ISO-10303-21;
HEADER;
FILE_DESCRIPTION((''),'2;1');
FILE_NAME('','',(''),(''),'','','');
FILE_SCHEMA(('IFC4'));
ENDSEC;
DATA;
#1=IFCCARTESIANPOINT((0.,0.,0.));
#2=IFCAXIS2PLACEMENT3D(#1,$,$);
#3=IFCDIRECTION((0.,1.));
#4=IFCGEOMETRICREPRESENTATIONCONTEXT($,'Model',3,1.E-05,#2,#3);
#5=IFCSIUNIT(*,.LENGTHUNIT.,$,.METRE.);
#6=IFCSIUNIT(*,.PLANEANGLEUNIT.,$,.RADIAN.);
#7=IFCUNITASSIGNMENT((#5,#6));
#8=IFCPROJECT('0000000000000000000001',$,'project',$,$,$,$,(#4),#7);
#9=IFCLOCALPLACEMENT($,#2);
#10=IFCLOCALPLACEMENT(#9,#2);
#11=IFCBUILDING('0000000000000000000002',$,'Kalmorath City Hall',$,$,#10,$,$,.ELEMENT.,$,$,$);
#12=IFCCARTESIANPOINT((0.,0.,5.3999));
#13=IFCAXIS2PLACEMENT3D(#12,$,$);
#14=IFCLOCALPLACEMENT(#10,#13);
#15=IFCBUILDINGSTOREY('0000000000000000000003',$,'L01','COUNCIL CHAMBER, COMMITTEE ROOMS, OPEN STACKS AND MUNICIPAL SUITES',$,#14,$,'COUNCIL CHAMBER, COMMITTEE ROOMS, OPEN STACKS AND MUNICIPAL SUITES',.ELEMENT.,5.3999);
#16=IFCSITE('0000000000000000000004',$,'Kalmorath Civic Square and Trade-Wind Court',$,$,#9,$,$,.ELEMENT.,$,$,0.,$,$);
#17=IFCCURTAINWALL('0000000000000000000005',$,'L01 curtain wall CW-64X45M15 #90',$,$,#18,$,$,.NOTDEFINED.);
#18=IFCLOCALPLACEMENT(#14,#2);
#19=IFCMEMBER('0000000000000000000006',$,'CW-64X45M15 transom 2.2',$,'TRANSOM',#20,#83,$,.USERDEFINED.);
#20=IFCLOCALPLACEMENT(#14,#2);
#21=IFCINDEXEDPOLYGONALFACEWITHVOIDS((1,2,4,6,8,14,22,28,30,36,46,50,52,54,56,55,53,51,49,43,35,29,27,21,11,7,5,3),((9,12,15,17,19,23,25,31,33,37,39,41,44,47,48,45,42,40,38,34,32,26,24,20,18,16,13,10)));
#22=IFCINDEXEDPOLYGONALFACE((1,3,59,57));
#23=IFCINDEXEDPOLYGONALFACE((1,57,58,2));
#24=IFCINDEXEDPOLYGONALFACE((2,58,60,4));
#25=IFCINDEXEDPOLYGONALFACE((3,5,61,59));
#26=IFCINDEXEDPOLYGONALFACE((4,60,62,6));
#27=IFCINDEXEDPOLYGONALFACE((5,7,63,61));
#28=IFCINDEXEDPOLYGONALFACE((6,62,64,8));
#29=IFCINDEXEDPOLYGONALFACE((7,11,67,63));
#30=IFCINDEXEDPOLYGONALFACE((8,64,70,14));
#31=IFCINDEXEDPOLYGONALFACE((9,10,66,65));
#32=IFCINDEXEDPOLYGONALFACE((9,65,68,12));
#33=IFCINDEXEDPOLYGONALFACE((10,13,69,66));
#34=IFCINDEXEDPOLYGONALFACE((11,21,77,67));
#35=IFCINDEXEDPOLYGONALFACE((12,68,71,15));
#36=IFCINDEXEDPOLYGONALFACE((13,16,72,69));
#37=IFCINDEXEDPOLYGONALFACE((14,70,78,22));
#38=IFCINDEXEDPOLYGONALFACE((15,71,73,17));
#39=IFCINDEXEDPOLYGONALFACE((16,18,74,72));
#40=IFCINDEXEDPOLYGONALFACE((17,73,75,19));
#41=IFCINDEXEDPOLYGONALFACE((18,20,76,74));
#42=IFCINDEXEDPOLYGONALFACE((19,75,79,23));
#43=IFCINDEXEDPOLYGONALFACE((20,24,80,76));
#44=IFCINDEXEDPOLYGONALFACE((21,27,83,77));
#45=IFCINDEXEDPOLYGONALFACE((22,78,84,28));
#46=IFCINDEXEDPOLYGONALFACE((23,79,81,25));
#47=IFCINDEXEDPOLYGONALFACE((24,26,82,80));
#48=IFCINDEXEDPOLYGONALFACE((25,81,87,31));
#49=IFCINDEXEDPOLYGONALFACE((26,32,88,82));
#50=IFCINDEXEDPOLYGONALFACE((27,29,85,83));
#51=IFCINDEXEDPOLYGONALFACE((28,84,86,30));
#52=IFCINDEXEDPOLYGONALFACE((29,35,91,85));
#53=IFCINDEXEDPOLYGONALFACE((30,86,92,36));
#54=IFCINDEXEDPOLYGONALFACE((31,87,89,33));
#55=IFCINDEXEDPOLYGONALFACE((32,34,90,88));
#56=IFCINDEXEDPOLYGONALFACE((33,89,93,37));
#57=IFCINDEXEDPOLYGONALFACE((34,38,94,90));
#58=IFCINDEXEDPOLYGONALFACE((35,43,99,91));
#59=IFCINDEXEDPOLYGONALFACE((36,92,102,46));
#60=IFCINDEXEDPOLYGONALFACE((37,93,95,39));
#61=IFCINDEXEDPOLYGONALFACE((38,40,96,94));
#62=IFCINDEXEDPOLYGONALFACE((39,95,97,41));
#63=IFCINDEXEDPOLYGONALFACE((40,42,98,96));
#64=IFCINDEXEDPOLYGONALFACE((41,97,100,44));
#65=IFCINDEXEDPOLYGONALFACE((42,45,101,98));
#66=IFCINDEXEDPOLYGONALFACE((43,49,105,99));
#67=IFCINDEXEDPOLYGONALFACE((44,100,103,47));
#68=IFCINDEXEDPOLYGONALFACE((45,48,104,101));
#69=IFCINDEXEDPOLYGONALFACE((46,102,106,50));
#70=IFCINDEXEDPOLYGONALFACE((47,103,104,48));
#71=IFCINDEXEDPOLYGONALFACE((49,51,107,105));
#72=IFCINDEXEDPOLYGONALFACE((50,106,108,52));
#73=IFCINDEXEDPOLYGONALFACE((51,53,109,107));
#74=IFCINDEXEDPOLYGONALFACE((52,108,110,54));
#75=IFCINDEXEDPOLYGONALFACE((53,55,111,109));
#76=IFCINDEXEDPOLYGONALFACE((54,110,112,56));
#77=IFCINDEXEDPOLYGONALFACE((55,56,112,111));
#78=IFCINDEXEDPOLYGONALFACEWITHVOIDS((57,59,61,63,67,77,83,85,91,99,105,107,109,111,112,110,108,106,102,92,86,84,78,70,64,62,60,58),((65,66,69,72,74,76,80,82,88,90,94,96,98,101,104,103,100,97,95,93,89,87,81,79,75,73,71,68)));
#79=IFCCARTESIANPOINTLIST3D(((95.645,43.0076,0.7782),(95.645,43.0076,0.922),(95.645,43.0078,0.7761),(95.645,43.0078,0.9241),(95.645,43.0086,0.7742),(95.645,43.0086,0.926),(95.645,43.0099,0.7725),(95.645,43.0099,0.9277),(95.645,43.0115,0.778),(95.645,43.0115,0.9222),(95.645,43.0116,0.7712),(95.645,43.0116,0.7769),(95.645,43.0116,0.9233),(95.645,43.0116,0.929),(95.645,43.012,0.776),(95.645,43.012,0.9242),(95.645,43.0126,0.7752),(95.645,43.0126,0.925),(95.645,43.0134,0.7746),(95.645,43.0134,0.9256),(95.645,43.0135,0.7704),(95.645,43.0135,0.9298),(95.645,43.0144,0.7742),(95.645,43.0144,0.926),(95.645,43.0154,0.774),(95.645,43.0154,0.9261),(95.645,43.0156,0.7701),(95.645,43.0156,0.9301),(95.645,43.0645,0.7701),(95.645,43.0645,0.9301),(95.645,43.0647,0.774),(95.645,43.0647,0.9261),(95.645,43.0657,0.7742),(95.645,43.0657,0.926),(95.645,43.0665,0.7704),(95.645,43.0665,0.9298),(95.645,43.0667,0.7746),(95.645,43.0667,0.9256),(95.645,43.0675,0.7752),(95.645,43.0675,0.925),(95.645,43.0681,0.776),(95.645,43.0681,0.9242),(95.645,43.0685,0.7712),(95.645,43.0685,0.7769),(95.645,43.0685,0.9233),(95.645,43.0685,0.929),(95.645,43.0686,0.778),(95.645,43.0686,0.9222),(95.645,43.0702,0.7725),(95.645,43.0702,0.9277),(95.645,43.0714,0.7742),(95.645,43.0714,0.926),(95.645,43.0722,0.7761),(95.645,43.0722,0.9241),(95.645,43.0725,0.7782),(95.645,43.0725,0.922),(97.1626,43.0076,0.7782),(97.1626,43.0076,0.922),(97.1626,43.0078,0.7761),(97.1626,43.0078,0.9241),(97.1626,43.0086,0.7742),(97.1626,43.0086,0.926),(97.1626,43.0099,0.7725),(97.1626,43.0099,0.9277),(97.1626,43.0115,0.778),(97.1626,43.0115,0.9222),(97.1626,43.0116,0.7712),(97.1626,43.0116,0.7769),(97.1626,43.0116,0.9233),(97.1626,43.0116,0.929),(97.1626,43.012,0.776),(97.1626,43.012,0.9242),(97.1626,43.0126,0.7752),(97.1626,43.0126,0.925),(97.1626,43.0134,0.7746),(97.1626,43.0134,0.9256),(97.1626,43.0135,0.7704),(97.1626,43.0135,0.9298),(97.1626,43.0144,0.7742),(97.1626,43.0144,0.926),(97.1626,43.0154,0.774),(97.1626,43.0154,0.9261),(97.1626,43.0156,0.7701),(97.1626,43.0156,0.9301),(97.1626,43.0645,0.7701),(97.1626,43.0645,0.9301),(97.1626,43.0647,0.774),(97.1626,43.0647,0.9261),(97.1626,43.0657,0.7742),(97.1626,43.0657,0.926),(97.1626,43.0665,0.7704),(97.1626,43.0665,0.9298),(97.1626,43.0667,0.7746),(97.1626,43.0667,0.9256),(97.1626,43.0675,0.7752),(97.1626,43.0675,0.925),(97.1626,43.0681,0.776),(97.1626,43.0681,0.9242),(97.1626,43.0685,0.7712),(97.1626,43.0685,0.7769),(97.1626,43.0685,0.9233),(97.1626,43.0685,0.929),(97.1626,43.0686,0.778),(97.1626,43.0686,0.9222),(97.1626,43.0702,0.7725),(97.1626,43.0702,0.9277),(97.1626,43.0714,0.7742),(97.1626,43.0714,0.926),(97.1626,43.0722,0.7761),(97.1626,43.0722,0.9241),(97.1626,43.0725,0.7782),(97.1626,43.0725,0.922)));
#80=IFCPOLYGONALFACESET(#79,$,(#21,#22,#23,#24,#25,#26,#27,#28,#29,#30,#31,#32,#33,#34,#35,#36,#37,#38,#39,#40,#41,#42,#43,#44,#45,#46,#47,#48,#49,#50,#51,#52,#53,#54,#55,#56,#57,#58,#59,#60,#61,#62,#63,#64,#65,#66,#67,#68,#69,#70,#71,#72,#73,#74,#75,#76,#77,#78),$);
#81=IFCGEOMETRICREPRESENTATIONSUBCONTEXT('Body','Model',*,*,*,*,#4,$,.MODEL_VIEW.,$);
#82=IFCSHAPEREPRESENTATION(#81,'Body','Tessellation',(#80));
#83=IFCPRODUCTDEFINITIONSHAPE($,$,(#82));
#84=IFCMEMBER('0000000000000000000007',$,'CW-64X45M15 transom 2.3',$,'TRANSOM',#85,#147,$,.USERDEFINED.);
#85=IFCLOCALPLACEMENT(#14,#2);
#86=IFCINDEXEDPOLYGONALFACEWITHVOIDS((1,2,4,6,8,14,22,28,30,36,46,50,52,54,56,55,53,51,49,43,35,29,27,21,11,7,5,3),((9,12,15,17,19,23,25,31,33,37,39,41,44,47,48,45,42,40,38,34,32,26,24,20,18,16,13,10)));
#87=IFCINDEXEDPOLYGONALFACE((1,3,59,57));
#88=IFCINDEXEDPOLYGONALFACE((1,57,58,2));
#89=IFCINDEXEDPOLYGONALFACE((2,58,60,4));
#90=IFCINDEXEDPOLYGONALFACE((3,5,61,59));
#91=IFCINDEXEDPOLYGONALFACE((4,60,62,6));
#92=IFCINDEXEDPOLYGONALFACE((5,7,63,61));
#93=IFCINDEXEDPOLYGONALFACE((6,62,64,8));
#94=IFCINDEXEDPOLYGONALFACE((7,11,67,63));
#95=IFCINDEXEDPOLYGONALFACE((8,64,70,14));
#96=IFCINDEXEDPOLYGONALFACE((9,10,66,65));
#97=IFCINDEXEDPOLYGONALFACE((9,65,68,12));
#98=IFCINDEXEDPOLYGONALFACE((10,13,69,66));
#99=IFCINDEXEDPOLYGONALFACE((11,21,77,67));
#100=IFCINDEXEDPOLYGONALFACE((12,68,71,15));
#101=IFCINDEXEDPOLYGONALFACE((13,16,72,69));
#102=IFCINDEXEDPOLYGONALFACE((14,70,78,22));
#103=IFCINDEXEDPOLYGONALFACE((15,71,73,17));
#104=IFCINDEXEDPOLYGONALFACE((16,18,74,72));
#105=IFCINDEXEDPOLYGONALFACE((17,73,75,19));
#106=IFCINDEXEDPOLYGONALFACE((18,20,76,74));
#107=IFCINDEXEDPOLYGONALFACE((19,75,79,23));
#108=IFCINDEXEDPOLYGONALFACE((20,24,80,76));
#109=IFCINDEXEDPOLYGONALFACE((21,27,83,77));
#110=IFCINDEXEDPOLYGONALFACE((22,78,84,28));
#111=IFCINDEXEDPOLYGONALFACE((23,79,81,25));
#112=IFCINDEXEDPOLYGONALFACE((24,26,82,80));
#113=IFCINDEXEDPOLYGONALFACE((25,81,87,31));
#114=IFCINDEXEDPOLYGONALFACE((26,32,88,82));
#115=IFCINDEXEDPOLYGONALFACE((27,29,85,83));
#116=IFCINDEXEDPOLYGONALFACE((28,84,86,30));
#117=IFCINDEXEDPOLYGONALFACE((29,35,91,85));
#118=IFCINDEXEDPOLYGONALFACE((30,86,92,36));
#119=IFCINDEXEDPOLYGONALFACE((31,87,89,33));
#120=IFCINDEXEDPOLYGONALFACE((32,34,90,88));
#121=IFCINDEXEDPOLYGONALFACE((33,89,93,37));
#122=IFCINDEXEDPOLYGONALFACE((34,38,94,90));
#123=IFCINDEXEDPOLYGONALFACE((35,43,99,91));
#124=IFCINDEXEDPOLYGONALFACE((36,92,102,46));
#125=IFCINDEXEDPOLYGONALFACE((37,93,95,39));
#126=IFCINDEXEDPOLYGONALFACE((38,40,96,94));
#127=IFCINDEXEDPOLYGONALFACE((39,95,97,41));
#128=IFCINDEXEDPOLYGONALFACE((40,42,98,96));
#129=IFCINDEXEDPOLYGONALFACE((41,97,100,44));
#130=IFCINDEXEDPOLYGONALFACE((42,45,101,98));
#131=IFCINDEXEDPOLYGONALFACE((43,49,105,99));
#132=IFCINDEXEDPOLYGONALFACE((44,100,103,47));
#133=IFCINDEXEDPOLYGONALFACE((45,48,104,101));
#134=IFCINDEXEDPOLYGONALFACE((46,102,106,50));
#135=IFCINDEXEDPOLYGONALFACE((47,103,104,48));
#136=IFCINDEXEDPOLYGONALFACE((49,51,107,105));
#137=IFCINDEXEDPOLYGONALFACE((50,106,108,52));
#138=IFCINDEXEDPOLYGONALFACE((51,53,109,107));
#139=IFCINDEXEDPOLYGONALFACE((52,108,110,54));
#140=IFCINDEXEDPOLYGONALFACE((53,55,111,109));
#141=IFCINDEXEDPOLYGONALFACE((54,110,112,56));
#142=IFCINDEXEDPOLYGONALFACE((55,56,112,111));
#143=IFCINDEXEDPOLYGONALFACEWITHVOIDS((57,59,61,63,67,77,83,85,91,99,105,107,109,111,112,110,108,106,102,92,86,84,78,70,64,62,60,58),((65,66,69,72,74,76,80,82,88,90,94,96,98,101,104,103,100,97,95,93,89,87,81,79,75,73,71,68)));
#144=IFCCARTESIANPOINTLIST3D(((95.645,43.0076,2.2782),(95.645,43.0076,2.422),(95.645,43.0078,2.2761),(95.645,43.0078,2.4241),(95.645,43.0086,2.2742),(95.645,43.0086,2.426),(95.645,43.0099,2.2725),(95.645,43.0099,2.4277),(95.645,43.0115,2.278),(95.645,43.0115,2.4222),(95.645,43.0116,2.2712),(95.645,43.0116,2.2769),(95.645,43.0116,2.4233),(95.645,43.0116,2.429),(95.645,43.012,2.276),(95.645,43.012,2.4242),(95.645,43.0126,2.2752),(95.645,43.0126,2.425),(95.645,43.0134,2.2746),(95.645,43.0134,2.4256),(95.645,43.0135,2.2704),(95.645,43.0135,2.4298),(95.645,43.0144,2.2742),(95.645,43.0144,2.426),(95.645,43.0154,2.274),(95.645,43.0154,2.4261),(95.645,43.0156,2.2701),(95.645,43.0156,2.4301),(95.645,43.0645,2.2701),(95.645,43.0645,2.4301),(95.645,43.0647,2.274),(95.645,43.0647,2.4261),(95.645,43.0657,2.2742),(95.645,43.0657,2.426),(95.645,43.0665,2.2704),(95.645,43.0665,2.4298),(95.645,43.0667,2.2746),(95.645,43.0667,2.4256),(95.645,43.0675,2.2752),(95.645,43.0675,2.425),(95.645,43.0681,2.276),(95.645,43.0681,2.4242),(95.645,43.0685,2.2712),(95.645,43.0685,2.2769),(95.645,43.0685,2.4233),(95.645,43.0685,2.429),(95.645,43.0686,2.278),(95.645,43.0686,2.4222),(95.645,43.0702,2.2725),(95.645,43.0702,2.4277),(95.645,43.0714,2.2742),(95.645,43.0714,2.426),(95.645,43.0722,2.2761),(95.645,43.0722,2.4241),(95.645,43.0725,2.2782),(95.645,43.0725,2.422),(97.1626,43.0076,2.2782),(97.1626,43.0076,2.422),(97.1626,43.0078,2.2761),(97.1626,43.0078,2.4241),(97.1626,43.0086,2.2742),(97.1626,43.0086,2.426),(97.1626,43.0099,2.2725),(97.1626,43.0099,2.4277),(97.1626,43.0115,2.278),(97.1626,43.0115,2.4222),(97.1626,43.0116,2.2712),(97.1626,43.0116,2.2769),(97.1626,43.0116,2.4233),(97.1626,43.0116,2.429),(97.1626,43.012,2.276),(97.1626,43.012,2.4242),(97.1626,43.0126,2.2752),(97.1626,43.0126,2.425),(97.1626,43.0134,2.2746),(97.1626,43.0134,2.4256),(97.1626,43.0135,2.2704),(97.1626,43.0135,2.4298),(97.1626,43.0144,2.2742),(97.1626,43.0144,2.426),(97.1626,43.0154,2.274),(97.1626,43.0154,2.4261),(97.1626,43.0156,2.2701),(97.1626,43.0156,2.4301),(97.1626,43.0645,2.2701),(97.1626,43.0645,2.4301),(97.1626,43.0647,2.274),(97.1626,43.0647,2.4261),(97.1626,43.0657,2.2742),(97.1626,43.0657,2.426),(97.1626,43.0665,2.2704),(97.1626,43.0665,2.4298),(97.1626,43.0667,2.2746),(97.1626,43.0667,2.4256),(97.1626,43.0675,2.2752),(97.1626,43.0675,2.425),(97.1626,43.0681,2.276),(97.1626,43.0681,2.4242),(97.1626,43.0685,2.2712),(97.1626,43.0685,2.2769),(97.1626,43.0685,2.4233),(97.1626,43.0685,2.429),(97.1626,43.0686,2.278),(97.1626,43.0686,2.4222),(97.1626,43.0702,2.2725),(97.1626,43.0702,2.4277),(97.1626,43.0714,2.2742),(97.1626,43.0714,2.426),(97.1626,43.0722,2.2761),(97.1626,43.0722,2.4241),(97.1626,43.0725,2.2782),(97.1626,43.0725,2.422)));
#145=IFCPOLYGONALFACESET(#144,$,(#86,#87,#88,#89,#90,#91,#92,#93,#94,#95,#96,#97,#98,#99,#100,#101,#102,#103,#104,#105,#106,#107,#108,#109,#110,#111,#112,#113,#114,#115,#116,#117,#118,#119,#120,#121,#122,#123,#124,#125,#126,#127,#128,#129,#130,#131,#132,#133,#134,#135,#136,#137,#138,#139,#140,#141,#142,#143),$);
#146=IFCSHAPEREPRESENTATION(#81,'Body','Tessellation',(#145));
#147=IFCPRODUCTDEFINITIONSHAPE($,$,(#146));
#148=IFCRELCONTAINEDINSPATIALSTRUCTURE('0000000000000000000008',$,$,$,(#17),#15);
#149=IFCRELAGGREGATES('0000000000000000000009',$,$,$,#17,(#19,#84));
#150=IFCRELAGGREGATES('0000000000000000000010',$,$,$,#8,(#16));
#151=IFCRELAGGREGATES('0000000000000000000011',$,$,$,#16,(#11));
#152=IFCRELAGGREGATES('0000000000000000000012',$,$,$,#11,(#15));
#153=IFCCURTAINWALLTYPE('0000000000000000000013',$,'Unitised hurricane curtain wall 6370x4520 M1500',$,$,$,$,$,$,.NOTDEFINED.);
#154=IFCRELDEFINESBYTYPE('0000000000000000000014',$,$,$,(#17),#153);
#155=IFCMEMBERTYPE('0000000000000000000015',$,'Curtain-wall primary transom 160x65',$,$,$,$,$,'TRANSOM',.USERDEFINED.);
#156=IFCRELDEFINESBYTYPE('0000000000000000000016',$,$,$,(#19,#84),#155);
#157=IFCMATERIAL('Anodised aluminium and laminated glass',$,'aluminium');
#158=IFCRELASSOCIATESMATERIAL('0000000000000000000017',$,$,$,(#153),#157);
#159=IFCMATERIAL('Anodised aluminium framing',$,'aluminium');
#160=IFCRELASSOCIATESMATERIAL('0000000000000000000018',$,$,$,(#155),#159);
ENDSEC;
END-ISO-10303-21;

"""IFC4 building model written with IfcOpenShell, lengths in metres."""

from ifc_helpers import new_model, si_unit, direction, frame, origin, origin_2d, place, context, subcontext, project, spatial, hollow_rectangle, extrude, material, material_profile, profile_set, type_object, element, aggregate, save


model = new_model("IFC4")

# Units and contexts
model_context = context("Model", 3, precision=1e-05, world=origin(), true_north=direction((0.0, 1.0)))
body_context = subcontext(model_context, "Body", "Model", "MODEL_VIEW")
ifc_project = project(units=[si_unit("LENGTHUNIT", "METRE"), si_unit("PLANEANGLEUNIT", "RADIAN")], contexts=[model_context])

# Site, building, storey
site_placement = place(None, origin())
site = spatial("IfcSite", under=ifc_project, at=site_placement, Name="Kalmorath Civic Square and Trade-Wind Court", CompositionType="ELEMENT", RefElevation=0.0)
building_placement = place(site_placement, origin())
building = spatial("IfcBuilding", under=site, at=building_placement, Name="Kalmorath City Hall", CompositionType="ELEMENT")
storey_placement = place(building_placement, frame((0.0, 0.0, 5.3999)))
storey = spatial("IfcBuildingStorey", under=building, at=storey_placement, Name="L01", Description="COUNCIL CHAMBER, COMMITTEE ROOMS, OPEN STACKS AND MUNICIPAL SUITES", LongName="COUNCIL CHAMBER, COMMITTEE ROOMS, OPEN STACKS AND MUNICIPAL SUITES", CompositionType="ELEMENT", Elevation=5.3999)

# Curtain wall
ifc_material_1 = material(Name="Anodised aluminium and laminated glass", Category="aluminium")
curtain_wall_type_1 = type_object("IfcCurtainWallType", Name="Unitised hurricane curtain wall 6370x4520 M1500", PredefinedType="NOTDEFINED", material=ifc_material_1)
curtain_wall_1_placement = place(storey_placement, origin())
curtain_wall_1 = element("IfcCurtainWall", 1, at=curtain_wall_1_placement, inside=storey, type_object=curtain_wall_type_1, Name="L01 curtain wall CW-64X45M15 #90", PredefinedType="NOTDEFINED")

# Members
ifc_material_2 = material(Name="Anodised aluminium framing", Category="aluminium")
ifc_material_profile_1 = material_profile(ifc_material_2, hollow_rectangle(XDim=0.0649, YDim=0.1599, WallThickness=0.0039, InnerFilletRadius=0.0039, OuterFilletRadius=0.0081, at=origin_2d()), Name="ALU-TRN-160X65X4")
ifc_profile_set_1 = profile_set([ifc_material_profile_1], Name="Anodised aluminium framing")
member_type_1 = type_object("IfcMemberType", Name="Curtain-wall primary transom 160x65", ElementType="TRANSOM", PredefinedType="USERDEFINED", material=ifc_profile_set_1)
member_1_placement = place(storey_placement, frame((95.645, 43.04, 0.8501), z_axis=(1.0, 0.0, 0.0), x_axis=(0.0, 1.0, 0.0)))
member_1 = element("IfcMember", 2, at=member_1_placement, type_object=member_type_1, Name="CW-64X45M15 transom 2.2", ObjectType="TRANSOM", PredefinedType="USERDEFINED", context=body_context, shape_type="SweptSolid", body=[
    extrude(hollow_rectangle(XDim=0.0649, YDim=0.1599, WallThickness=0.0039, InnerFilletRadius=0.0039, OuterFilletRadius=0.0081, at=origin_2d()), origin(), (0.0, 0.0, 1.0), 1.5176),
])
member_2_placement = place(storey_placement, frame((95.645, 43.04, 2.3501), z_axis=(1.0, 0.0, 0.0), x_axis=(0.0, 1.0, 0.0)))
member_2 = element("IfcMember", 3, at=member_2_placement, type_object=member_type_1, Name="CW-64X45M15 transom 2.3", ObjectType="TRANSOM", PredefinedType="USERDEFINED", context=body_context, shape_type="SweptSolid", body=[
    extrude(hollow_rectangle(XDim=0.0649, YDim=0.1599, WallThickness=0.0039, InnerFilletRadius=0.0039, OuterFilletRadius=0.0081, at=origin_2d()), origin(), (0.0, 0.0, 1.0), 1.5176),
])

aggregate(curtain_wall_1, [member_1, member_2])

save(model, "model.ifc")
